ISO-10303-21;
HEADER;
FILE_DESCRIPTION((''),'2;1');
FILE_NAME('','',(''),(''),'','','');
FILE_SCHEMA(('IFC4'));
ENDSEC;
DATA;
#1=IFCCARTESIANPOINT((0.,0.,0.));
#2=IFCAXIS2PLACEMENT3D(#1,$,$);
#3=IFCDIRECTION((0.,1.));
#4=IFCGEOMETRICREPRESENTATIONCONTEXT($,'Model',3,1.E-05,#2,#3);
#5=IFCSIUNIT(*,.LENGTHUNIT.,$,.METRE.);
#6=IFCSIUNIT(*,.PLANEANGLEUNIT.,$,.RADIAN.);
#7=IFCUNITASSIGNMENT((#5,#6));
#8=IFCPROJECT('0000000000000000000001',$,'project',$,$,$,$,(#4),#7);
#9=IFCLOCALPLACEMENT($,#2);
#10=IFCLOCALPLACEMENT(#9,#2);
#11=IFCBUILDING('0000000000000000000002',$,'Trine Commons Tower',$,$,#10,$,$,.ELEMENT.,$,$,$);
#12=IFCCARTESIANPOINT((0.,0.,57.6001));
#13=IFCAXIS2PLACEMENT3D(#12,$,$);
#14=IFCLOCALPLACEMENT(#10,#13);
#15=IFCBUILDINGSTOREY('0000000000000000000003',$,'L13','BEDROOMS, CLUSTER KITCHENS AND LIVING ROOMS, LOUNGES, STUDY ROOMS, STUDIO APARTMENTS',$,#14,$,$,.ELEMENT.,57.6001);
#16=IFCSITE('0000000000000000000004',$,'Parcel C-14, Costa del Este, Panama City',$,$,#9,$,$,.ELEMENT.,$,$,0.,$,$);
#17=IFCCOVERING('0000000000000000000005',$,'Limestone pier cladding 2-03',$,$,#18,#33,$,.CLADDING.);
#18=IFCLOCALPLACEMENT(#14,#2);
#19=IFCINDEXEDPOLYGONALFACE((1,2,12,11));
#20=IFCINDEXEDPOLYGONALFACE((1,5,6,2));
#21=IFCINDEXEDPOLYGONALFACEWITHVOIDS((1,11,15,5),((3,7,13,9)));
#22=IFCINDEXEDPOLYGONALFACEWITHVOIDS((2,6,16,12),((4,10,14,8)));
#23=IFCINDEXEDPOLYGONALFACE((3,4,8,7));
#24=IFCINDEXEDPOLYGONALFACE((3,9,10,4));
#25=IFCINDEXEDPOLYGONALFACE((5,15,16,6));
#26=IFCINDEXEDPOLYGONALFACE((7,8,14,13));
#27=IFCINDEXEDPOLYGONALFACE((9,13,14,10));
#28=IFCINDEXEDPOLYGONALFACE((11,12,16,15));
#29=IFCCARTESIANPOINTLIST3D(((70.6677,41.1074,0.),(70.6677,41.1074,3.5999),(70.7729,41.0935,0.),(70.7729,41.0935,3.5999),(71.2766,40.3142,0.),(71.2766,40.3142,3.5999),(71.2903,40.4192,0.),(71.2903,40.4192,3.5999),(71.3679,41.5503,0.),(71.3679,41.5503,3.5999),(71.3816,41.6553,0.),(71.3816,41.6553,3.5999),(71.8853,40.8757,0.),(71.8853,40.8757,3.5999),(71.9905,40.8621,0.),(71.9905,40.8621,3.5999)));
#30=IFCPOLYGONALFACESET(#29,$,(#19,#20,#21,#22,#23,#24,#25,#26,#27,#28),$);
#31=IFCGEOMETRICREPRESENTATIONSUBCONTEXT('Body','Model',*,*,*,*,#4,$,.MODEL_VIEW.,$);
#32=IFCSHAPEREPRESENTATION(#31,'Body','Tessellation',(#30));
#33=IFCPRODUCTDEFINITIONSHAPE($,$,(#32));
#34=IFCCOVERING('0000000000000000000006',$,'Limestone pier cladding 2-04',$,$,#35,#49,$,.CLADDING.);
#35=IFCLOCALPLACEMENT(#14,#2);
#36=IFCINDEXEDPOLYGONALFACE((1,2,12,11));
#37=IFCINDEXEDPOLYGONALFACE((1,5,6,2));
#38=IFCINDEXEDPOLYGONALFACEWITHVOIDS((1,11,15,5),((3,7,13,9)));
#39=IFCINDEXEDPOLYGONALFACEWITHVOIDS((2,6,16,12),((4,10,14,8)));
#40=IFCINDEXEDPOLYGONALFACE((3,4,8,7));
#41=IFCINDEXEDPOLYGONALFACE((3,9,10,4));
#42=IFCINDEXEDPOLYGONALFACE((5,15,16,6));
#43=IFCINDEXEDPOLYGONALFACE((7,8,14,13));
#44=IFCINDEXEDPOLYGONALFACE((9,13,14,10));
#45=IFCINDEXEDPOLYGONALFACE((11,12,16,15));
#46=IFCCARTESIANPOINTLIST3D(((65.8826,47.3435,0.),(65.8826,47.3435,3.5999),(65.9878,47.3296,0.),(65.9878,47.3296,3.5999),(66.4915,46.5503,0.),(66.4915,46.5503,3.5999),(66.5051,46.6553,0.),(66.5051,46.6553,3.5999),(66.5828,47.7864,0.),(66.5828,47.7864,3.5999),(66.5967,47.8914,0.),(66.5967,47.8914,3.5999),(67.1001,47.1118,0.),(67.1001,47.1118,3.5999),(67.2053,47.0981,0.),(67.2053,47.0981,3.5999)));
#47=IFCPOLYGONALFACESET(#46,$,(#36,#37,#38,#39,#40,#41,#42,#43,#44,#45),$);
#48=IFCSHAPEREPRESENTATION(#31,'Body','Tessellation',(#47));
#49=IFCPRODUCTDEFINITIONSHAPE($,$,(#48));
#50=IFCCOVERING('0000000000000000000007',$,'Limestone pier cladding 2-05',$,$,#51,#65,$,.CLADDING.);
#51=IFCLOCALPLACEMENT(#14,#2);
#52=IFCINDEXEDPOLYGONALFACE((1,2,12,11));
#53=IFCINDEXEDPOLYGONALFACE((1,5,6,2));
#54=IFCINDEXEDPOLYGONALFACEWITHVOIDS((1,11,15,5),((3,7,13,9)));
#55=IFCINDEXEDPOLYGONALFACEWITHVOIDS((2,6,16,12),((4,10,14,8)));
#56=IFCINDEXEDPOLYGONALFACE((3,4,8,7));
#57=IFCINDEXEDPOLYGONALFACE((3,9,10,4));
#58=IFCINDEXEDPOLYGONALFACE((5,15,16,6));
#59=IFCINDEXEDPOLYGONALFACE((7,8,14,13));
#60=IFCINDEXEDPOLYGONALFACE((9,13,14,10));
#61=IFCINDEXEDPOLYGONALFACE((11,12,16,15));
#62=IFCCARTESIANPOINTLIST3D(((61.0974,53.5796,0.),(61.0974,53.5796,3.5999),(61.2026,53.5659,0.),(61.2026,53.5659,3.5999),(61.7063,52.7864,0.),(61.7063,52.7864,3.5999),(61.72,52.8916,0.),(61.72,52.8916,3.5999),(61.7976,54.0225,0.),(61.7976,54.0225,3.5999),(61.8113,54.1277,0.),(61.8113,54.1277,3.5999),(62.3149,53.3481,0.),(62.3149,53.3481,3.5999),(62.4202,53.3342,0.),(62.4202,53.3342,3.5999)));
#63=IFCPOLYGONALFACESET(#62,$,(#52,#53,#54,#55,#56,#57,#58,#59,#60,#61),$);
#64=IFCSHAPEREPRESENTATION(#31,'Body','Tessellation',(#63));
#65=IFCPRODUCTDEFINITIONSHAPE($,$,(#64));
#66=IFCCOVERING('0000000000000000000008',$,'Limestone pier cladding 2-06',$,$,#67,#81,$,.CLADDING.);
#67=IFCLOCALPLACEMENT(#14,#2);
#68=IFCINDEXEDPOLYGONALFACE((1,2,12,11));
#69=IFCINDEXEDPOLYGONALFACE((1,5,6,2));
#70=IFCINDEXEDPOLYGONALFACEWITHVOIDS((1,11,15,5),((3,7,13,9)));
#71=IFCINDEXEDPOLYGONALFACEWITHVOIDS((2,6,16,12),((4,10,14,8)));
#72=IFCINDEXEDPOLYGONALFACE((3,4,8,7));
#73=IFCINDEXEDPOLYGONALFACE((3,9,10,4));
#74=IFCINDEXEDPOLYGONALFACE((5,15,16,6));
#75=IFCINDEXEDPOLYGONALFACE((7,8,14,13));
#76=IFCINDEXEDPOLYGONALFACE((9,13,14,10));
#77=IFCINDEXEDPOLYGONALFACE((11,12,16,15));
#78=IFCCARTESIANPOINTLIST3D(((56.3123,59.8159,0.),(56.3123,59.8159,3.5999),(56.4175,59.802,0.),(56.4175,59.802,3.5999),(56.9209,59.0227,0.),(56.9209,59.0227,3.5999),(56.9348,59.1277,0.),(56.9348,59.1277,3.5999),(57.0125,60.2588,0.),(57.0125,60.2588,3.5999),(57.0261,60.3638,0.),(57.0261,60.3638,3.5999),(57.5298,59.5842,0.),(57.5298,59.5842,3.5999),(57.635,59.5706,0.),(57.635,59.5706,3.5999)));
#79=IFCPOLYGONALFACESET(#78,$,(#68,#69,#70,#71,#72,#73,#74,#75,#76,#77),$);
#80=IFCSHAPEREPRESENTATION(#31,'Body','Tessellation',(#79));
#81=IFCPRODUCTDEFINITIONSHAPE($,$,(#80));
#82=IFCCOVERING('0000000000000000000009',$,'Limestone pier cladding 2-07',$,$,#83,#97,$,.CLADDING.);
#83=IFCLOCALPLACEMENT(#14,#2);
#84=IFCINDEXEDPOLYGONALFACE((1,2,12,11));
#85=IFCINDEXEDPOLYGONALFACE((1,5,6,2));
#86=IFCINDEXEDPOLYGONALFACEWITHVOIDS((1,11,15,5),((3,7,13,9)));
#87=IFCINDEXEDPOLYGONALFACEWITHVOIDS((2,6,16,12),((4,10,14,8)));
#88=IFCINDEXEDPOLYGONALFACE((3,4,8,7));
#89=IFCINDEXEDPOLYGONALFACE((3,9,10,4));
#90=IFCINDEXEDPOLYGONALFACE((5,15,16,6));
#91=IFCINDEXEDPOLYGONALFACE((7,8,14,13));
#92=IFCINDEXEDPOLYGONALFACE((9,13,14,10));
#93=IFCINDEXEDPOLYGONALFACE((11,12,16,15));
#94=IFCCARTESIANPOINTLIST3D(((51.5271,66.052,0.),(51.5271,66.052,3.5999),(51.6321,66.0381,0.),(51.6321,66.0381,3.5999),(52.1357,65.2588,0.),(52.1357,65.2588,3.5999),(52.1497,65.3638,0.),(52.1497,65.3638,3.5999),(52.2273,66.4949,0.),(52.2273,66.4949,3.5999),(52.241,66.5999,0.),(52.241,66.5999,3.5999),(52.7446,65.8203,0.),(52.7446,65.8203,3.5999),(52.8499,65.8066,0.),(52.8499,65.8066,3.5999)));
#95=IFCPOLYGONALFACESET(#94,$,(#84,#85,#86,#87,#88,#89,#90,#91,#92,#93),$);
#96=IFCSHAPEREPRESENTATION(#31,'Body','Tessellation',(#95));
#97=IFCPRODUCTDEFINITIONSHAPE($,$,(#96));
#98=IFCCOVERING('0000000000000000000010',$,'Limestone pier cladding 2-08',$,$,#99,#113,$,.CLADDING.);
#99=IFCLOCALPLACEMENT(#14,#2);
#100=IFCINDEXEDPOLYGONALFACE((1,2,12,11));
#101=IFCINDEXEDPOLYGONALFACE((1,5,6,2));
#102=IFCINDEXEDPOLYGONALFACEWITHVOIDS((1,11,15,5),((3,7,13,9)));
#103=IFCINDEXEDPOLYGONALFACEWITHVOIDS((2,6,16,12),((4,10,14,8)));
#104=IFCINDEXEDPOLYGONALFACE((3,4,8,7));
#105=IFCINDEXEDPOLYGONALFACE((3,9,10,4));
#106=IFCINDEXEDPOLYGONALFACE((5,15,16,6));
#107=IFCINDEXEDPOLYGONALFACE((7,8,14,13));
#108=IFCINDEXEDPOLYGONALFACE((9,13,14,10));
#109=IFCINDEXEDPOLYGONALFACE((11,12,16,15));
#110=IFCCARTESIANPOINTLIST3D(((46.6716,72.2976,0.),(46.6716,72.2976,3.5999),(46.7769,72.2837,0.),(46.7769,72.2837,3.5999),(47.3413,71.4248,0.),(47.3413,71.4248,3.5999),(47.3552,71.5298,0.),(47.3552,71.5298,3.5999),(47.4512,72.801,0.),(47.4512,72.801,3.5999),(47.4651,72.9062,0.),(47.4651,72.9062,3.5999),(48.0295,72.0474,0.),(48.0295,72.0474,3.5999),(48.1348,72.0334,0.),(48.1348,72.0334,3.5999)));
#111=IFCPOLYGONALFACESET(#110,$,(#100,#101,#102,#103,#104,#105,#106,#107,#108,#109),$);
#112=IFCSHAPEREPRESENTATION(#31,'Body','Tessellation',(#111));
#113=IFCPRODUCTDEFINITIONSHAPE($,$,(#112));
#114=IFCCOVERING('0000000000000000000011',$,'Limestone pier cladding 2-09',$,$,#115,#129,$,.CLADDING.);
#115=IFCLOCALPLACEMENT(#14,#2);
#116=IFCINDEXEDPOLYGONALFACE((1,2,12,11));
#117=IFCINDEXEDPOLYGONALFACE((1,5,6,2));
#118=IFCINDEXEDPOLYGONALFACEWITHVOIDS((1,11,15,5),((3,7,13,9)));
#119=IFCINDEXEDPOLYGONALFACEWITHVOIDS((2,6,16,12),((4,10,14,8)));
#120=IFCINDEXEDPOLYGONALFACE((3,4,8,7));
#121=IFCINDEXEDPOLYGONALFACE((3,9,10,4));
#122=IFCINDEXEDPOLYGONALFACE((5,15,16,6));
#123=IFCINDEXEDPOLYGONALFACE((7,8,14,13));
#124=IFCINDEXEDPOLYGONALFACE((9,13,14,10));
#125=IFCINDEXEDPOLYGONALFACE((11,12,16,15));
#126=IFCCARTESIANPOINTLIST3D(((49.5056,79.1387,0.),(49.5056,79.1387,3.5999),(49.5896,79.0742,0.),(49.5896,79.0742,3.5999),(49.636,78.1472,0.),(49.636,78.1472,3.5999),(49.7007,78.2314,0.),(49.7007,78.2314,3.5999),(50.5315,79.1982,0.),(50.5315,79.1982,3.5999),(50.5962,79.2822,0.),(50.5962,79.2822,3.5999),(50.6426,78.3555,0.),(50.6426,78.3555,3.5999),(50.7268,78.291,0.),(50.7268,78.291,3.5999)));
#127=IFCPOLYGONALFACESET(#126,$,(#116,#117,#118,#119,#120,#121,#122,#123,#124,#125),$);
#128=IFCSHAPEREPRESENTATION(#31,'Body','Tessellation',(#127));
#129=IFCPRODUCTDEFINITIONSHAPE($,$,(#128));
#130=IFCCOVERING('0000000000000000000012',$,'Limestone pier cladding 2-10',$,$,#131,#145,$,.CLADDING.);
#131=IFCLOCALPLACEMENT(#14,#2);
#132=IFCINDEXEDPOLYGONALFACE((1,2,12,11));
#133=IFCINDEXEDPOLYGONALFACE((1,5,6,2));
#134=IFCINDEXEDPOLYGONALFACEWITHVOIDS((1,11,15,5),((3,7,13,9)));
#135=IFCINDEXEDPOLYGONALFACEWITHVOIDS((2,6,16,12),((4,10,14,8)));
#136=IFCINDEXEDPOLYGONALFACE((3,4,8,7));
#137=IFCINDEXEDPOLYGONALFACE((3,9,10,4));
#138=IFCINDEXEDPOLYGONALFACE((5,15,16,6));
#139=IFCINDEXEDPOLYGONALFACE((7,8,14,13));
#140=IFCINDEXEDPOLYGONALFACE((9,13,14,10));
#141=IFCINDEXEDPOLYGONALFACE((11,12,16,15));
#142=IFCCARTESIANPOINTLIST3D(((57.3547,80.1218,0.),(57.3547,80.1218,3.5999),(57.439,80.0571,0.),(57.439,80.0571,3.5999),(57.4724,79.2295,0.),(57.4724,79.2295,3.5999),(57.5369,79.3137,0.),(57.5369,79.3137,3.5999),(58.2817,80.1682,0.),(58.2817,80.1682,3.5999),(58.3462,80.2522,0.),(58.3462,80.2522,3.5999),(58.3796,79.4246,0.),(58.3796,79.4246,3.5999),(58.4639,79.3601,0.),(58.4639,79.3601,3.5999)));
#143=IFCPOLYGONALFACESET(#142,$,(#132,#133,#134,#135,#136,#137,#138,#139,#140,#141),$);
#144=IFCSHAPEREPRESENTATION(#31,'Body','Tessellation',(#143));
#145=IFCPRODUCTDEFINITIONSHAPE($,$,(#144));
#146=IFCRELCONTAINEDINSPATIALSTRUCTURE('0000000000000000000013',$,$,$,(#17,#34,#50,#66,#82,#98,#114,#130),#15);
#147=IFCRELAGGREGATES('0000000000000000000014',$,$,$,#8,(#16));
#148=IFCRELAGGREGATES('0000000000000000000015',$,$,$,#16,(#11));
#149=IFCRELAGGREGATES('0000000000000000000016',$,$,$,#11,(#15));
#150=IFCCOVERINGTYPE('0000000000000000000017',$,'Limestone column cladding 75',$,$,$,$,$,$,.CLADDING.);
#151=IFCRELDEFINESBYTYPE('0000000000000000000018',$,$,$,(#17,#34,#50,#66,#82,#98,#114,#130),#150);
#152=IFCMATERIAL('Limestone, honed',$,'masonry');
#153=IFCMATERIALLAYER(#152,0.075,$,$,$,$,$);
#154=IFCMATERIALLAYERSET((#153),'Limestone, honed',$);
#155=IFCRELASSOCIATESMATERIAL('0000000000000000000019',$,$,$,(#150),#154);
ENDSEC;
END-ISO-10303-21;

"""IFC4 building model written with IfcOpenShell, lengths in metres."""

from ifc_helpers import new_model, si_unit, direction, frame, origin, place, context, subcontext, project, spatial, polyline, outline, extrude, material, layer, layer_set, type_object, element, save


model = new_model("IFC4")

# Units and contexts
model_context = context("Model", 3, precision=1e-05, world=origin(), true_north=direction((0.0, 1.0)))
body_context = subcontext(model_context, "Body", "Model", "MODEL_VIEW")
ifc_project = project(units=[si_unit("LENGTHUNIT", "METRE"), si_unit("PLANEANGLEUNIT", "RADIAN")], contexts=[model_context])

# Site, building, storey
site_placement = place(None, origin())
site = spatial("IfcSite", under=ifc_project, at=site_placement, Name="Parcel C-14, Costa del Este, Panama City", CompositionType="ELEMENT", RefElevation=0.0)
building_placement = place(site_placement, origin())
building = spatial("IfcBuilding", under=site, at=building_placement, Name="Trine Commons Tower", CompositionType="ELEMENT")
storey_placement = place(building_placement, frame((0.0, 0.0, 57.6001)))
storey = spatial("IfcBuildingStorey", under=building, at=storey_placement, Name="L13", Description="BEDROOMS, CLUSTER KITCHENS AND LIVING ROOMS, LOUNGES, STUDY ROOMS, STUDIO APARTMENTS", CompositionType="ELEMENT", Elevation=57.6001)

# Coverings
ifc_material_1 = material(Name="Limestone, honed", Category="masonry")
ifc_layer_1 = layer(ifc_material_1, 0.075)
ifc_layer_set_1 = layer_set([ifc_layer_1], Name="Limestone, honed")
covering_type_1 = type_object("IfcCoveringType", Name="Limestone column cladding 75", PredefinedType="CLADDING", material=ifc_layer_set_1)
covering_1_placement = place(storey_placement, origin())
element("IfcCovering", 1, at=covering_1_placement, inside=storey, type_object=covering_type_1, Name="Limestone pier cladding 2-03", PredefinedType="CLADDING", context=body_context, shape_type="SweptSolid", body=[
    extrude(outline(polyline([(71.3816, 41.6553), (70.6677, 41.1074), (71.2766, 40.3142), (71.9905, 40.8621), (71.3816, 41.6553)]), holes=[polyline([(71.3679, 41.5503), (70.7729, 41.0935), (71.2903, 40.4192), (71.8853, 40.8757), (71.3679, 41.5503)])]), origin(), (0.0, 0.0, 1.0), 3.5999),
])
covering_2_placement = place(storey_placement, origin())
element("IfcCovering", 2, at=covering_2_placement, inside=storey, type_object=covering_type_1, Name="Limestone pier cladding 2-04", PredefinedType="CLADDING", context=body_context, shape_type="SweptSolid", body=[
    extrude(outline(polyline([(66.5967, 47.8914), (65.8826, 47.3435), (66.4915, 46.5503), (67.2053, 47.0981), (66.5967, 47.8914)]), holes=[polyline([(66.5828, 47.7864), (65.9878, 47.3296), (66.5051, 46.6553), (67.1001, 47.1118), (66.5828, 47.7864)])]), origin(), (0.0, 0.0, 1.0), 3.5999),
])
covering_3_placement = place(storey_placement, origin())
element("IfcCovering", 3, at=covering_3_placement, inside=storey, type_object=covering_type_1, Name="Limestone pier cladding 2-05", PredefinedType="CLADDING", context=body_context, shape_type="SweptSolid", body=[
    extrude(outline(polyline([(61.8113, 54.1277), (61.0974, 53.5796), (61.7063, 52.7864), (62.4202, 53.3342), (61.8113, 54.1277)]), holes=[polyline([(61.7976, 54.0225), (61.2026, 53.5659), (61.72, 52.8916), (62.3149, 53.3481), (61.7976, 54.0225)])]), origin(), (0.0, 0.0, 1.0), 3.5999),
])
covering_4_placement = place(storey_placement, origin())
element("IfcCovering", 4, at=covering_4_placement, inside=storey, type_object=covering_type_1, Name="Limestone pier cladding 2-06", PredefinedType="CLADDING", context=body_context, shape_type="SweptSolid", body=[
    extrude(outline(polyline([(57.0261, 60.3638), (56.3123, 59.8159), (56.9209, 59.0227), (57.635, 59.5706), (57.0261, 60.3638)]), holes=[polyline([(57.0125, 60.2588), (56.4175, 59.802), (56.9348, 59.1277), (57.5298, 59.5842), (57.0125, 60.2588)])]), origin(), (0.0, 0.0, 1.0), 3.5999),
])
covering_5_placement = place(storey_placement, origin())
element("IfcCovering", 5, at=covering_5_placement, inside=storey, type_object=covering_type_1, Name="Limestone pier cladding 2-07", PredefinedType="CLADDING", context=body_context, shape_type="SweptSolid", body=[
    extrude(outline(polyline([(52.241, 66.5999), (51.5271, 66.052), (52.1357, 65.2588), (52.8499, 65.8066), (52.241, 66.5999)]), holes=[polyline([(52.2273, 66.4949), (51.6321, 66.0381), (52.1497, 65.3638), (52.7446, 65.8203), (52.2273, 66.4949)])]), origin(), (0.0, 0.0, 1.0), 3.5999),
])
covering_6_placement = place(storey_placement, origin())
element("IfcCovering", 6, at=covering_6_placement, inside=storey, type_object=covering_type_1, Name="Limestone pier cladding 2-08", PredefinedType="CLADDING", context=body_context, shape_type="SweptSolid", body=[
    extrude(outline(polyline([(47.4651, 72.9062), (46.6716, 72.2976), (47.3413, 71.4248), (48.1348, 72.0334), (47.4651, 72.9062)]), holes=[polyline([(47.4512, 72.801), (46.7769, 72.2837), (47.3552, 71.5298), (48.0295, 72.0474), (47.4512, 72.801)])]), origin(), (0.0, 0.0, 1.0), 3.5999),
])
covering_7_placement = place(storey_placement, origin())
element("IfcCovering", 7, at=covering_7_placement, inside=storey, type_object=covering_type_1, Name="Limestone pier cladding 2-09", PredefinedType="CLADDING", context=body_context, shape_type="SweptSolid", body=[
    extrude(outline(polyline([(50.7268, 78.291), (50.5962, 79.2822), (49.5056, 79.1387), (49.636, 78.1472), (50.7268, 78.291)]), holes=[polyline([(50.6426, 78.3555), (50.5315, 79.1982), (49.5896, 79.0742), (49.7007, 78.2314), (50.6426, 78.3555)])]), origin(), (0.0, 0.0, 1.0), 3.5999),
])
covering_8_placement = place(storey_placement, origin())
element("IfcCovering", 8, at=covering_8_placement, inside=storey, type_object=covering_type_1, Name="Limestone pier cladding 2-10", PredefinedType="CLADDING", context=body_context, shape_type="SweptSolid", body=[
    extrude(outline(polyline([(58.4639, 79.3601), (58.3462, 80.2522), (57.3547, 80.1218), (57.4724, 79.2295), (58.4639, 79.3601)]), holes=[polyline([(58.3796, 79.4246), (58.2817, 80.1682), (57.439, 80.0571), (57.5369, 79.3137), (58.3796, 79.4246)])]), origin(), (0.0, 0.0, 1.0), 3.5999),
])

save(model, "model.ifc")
